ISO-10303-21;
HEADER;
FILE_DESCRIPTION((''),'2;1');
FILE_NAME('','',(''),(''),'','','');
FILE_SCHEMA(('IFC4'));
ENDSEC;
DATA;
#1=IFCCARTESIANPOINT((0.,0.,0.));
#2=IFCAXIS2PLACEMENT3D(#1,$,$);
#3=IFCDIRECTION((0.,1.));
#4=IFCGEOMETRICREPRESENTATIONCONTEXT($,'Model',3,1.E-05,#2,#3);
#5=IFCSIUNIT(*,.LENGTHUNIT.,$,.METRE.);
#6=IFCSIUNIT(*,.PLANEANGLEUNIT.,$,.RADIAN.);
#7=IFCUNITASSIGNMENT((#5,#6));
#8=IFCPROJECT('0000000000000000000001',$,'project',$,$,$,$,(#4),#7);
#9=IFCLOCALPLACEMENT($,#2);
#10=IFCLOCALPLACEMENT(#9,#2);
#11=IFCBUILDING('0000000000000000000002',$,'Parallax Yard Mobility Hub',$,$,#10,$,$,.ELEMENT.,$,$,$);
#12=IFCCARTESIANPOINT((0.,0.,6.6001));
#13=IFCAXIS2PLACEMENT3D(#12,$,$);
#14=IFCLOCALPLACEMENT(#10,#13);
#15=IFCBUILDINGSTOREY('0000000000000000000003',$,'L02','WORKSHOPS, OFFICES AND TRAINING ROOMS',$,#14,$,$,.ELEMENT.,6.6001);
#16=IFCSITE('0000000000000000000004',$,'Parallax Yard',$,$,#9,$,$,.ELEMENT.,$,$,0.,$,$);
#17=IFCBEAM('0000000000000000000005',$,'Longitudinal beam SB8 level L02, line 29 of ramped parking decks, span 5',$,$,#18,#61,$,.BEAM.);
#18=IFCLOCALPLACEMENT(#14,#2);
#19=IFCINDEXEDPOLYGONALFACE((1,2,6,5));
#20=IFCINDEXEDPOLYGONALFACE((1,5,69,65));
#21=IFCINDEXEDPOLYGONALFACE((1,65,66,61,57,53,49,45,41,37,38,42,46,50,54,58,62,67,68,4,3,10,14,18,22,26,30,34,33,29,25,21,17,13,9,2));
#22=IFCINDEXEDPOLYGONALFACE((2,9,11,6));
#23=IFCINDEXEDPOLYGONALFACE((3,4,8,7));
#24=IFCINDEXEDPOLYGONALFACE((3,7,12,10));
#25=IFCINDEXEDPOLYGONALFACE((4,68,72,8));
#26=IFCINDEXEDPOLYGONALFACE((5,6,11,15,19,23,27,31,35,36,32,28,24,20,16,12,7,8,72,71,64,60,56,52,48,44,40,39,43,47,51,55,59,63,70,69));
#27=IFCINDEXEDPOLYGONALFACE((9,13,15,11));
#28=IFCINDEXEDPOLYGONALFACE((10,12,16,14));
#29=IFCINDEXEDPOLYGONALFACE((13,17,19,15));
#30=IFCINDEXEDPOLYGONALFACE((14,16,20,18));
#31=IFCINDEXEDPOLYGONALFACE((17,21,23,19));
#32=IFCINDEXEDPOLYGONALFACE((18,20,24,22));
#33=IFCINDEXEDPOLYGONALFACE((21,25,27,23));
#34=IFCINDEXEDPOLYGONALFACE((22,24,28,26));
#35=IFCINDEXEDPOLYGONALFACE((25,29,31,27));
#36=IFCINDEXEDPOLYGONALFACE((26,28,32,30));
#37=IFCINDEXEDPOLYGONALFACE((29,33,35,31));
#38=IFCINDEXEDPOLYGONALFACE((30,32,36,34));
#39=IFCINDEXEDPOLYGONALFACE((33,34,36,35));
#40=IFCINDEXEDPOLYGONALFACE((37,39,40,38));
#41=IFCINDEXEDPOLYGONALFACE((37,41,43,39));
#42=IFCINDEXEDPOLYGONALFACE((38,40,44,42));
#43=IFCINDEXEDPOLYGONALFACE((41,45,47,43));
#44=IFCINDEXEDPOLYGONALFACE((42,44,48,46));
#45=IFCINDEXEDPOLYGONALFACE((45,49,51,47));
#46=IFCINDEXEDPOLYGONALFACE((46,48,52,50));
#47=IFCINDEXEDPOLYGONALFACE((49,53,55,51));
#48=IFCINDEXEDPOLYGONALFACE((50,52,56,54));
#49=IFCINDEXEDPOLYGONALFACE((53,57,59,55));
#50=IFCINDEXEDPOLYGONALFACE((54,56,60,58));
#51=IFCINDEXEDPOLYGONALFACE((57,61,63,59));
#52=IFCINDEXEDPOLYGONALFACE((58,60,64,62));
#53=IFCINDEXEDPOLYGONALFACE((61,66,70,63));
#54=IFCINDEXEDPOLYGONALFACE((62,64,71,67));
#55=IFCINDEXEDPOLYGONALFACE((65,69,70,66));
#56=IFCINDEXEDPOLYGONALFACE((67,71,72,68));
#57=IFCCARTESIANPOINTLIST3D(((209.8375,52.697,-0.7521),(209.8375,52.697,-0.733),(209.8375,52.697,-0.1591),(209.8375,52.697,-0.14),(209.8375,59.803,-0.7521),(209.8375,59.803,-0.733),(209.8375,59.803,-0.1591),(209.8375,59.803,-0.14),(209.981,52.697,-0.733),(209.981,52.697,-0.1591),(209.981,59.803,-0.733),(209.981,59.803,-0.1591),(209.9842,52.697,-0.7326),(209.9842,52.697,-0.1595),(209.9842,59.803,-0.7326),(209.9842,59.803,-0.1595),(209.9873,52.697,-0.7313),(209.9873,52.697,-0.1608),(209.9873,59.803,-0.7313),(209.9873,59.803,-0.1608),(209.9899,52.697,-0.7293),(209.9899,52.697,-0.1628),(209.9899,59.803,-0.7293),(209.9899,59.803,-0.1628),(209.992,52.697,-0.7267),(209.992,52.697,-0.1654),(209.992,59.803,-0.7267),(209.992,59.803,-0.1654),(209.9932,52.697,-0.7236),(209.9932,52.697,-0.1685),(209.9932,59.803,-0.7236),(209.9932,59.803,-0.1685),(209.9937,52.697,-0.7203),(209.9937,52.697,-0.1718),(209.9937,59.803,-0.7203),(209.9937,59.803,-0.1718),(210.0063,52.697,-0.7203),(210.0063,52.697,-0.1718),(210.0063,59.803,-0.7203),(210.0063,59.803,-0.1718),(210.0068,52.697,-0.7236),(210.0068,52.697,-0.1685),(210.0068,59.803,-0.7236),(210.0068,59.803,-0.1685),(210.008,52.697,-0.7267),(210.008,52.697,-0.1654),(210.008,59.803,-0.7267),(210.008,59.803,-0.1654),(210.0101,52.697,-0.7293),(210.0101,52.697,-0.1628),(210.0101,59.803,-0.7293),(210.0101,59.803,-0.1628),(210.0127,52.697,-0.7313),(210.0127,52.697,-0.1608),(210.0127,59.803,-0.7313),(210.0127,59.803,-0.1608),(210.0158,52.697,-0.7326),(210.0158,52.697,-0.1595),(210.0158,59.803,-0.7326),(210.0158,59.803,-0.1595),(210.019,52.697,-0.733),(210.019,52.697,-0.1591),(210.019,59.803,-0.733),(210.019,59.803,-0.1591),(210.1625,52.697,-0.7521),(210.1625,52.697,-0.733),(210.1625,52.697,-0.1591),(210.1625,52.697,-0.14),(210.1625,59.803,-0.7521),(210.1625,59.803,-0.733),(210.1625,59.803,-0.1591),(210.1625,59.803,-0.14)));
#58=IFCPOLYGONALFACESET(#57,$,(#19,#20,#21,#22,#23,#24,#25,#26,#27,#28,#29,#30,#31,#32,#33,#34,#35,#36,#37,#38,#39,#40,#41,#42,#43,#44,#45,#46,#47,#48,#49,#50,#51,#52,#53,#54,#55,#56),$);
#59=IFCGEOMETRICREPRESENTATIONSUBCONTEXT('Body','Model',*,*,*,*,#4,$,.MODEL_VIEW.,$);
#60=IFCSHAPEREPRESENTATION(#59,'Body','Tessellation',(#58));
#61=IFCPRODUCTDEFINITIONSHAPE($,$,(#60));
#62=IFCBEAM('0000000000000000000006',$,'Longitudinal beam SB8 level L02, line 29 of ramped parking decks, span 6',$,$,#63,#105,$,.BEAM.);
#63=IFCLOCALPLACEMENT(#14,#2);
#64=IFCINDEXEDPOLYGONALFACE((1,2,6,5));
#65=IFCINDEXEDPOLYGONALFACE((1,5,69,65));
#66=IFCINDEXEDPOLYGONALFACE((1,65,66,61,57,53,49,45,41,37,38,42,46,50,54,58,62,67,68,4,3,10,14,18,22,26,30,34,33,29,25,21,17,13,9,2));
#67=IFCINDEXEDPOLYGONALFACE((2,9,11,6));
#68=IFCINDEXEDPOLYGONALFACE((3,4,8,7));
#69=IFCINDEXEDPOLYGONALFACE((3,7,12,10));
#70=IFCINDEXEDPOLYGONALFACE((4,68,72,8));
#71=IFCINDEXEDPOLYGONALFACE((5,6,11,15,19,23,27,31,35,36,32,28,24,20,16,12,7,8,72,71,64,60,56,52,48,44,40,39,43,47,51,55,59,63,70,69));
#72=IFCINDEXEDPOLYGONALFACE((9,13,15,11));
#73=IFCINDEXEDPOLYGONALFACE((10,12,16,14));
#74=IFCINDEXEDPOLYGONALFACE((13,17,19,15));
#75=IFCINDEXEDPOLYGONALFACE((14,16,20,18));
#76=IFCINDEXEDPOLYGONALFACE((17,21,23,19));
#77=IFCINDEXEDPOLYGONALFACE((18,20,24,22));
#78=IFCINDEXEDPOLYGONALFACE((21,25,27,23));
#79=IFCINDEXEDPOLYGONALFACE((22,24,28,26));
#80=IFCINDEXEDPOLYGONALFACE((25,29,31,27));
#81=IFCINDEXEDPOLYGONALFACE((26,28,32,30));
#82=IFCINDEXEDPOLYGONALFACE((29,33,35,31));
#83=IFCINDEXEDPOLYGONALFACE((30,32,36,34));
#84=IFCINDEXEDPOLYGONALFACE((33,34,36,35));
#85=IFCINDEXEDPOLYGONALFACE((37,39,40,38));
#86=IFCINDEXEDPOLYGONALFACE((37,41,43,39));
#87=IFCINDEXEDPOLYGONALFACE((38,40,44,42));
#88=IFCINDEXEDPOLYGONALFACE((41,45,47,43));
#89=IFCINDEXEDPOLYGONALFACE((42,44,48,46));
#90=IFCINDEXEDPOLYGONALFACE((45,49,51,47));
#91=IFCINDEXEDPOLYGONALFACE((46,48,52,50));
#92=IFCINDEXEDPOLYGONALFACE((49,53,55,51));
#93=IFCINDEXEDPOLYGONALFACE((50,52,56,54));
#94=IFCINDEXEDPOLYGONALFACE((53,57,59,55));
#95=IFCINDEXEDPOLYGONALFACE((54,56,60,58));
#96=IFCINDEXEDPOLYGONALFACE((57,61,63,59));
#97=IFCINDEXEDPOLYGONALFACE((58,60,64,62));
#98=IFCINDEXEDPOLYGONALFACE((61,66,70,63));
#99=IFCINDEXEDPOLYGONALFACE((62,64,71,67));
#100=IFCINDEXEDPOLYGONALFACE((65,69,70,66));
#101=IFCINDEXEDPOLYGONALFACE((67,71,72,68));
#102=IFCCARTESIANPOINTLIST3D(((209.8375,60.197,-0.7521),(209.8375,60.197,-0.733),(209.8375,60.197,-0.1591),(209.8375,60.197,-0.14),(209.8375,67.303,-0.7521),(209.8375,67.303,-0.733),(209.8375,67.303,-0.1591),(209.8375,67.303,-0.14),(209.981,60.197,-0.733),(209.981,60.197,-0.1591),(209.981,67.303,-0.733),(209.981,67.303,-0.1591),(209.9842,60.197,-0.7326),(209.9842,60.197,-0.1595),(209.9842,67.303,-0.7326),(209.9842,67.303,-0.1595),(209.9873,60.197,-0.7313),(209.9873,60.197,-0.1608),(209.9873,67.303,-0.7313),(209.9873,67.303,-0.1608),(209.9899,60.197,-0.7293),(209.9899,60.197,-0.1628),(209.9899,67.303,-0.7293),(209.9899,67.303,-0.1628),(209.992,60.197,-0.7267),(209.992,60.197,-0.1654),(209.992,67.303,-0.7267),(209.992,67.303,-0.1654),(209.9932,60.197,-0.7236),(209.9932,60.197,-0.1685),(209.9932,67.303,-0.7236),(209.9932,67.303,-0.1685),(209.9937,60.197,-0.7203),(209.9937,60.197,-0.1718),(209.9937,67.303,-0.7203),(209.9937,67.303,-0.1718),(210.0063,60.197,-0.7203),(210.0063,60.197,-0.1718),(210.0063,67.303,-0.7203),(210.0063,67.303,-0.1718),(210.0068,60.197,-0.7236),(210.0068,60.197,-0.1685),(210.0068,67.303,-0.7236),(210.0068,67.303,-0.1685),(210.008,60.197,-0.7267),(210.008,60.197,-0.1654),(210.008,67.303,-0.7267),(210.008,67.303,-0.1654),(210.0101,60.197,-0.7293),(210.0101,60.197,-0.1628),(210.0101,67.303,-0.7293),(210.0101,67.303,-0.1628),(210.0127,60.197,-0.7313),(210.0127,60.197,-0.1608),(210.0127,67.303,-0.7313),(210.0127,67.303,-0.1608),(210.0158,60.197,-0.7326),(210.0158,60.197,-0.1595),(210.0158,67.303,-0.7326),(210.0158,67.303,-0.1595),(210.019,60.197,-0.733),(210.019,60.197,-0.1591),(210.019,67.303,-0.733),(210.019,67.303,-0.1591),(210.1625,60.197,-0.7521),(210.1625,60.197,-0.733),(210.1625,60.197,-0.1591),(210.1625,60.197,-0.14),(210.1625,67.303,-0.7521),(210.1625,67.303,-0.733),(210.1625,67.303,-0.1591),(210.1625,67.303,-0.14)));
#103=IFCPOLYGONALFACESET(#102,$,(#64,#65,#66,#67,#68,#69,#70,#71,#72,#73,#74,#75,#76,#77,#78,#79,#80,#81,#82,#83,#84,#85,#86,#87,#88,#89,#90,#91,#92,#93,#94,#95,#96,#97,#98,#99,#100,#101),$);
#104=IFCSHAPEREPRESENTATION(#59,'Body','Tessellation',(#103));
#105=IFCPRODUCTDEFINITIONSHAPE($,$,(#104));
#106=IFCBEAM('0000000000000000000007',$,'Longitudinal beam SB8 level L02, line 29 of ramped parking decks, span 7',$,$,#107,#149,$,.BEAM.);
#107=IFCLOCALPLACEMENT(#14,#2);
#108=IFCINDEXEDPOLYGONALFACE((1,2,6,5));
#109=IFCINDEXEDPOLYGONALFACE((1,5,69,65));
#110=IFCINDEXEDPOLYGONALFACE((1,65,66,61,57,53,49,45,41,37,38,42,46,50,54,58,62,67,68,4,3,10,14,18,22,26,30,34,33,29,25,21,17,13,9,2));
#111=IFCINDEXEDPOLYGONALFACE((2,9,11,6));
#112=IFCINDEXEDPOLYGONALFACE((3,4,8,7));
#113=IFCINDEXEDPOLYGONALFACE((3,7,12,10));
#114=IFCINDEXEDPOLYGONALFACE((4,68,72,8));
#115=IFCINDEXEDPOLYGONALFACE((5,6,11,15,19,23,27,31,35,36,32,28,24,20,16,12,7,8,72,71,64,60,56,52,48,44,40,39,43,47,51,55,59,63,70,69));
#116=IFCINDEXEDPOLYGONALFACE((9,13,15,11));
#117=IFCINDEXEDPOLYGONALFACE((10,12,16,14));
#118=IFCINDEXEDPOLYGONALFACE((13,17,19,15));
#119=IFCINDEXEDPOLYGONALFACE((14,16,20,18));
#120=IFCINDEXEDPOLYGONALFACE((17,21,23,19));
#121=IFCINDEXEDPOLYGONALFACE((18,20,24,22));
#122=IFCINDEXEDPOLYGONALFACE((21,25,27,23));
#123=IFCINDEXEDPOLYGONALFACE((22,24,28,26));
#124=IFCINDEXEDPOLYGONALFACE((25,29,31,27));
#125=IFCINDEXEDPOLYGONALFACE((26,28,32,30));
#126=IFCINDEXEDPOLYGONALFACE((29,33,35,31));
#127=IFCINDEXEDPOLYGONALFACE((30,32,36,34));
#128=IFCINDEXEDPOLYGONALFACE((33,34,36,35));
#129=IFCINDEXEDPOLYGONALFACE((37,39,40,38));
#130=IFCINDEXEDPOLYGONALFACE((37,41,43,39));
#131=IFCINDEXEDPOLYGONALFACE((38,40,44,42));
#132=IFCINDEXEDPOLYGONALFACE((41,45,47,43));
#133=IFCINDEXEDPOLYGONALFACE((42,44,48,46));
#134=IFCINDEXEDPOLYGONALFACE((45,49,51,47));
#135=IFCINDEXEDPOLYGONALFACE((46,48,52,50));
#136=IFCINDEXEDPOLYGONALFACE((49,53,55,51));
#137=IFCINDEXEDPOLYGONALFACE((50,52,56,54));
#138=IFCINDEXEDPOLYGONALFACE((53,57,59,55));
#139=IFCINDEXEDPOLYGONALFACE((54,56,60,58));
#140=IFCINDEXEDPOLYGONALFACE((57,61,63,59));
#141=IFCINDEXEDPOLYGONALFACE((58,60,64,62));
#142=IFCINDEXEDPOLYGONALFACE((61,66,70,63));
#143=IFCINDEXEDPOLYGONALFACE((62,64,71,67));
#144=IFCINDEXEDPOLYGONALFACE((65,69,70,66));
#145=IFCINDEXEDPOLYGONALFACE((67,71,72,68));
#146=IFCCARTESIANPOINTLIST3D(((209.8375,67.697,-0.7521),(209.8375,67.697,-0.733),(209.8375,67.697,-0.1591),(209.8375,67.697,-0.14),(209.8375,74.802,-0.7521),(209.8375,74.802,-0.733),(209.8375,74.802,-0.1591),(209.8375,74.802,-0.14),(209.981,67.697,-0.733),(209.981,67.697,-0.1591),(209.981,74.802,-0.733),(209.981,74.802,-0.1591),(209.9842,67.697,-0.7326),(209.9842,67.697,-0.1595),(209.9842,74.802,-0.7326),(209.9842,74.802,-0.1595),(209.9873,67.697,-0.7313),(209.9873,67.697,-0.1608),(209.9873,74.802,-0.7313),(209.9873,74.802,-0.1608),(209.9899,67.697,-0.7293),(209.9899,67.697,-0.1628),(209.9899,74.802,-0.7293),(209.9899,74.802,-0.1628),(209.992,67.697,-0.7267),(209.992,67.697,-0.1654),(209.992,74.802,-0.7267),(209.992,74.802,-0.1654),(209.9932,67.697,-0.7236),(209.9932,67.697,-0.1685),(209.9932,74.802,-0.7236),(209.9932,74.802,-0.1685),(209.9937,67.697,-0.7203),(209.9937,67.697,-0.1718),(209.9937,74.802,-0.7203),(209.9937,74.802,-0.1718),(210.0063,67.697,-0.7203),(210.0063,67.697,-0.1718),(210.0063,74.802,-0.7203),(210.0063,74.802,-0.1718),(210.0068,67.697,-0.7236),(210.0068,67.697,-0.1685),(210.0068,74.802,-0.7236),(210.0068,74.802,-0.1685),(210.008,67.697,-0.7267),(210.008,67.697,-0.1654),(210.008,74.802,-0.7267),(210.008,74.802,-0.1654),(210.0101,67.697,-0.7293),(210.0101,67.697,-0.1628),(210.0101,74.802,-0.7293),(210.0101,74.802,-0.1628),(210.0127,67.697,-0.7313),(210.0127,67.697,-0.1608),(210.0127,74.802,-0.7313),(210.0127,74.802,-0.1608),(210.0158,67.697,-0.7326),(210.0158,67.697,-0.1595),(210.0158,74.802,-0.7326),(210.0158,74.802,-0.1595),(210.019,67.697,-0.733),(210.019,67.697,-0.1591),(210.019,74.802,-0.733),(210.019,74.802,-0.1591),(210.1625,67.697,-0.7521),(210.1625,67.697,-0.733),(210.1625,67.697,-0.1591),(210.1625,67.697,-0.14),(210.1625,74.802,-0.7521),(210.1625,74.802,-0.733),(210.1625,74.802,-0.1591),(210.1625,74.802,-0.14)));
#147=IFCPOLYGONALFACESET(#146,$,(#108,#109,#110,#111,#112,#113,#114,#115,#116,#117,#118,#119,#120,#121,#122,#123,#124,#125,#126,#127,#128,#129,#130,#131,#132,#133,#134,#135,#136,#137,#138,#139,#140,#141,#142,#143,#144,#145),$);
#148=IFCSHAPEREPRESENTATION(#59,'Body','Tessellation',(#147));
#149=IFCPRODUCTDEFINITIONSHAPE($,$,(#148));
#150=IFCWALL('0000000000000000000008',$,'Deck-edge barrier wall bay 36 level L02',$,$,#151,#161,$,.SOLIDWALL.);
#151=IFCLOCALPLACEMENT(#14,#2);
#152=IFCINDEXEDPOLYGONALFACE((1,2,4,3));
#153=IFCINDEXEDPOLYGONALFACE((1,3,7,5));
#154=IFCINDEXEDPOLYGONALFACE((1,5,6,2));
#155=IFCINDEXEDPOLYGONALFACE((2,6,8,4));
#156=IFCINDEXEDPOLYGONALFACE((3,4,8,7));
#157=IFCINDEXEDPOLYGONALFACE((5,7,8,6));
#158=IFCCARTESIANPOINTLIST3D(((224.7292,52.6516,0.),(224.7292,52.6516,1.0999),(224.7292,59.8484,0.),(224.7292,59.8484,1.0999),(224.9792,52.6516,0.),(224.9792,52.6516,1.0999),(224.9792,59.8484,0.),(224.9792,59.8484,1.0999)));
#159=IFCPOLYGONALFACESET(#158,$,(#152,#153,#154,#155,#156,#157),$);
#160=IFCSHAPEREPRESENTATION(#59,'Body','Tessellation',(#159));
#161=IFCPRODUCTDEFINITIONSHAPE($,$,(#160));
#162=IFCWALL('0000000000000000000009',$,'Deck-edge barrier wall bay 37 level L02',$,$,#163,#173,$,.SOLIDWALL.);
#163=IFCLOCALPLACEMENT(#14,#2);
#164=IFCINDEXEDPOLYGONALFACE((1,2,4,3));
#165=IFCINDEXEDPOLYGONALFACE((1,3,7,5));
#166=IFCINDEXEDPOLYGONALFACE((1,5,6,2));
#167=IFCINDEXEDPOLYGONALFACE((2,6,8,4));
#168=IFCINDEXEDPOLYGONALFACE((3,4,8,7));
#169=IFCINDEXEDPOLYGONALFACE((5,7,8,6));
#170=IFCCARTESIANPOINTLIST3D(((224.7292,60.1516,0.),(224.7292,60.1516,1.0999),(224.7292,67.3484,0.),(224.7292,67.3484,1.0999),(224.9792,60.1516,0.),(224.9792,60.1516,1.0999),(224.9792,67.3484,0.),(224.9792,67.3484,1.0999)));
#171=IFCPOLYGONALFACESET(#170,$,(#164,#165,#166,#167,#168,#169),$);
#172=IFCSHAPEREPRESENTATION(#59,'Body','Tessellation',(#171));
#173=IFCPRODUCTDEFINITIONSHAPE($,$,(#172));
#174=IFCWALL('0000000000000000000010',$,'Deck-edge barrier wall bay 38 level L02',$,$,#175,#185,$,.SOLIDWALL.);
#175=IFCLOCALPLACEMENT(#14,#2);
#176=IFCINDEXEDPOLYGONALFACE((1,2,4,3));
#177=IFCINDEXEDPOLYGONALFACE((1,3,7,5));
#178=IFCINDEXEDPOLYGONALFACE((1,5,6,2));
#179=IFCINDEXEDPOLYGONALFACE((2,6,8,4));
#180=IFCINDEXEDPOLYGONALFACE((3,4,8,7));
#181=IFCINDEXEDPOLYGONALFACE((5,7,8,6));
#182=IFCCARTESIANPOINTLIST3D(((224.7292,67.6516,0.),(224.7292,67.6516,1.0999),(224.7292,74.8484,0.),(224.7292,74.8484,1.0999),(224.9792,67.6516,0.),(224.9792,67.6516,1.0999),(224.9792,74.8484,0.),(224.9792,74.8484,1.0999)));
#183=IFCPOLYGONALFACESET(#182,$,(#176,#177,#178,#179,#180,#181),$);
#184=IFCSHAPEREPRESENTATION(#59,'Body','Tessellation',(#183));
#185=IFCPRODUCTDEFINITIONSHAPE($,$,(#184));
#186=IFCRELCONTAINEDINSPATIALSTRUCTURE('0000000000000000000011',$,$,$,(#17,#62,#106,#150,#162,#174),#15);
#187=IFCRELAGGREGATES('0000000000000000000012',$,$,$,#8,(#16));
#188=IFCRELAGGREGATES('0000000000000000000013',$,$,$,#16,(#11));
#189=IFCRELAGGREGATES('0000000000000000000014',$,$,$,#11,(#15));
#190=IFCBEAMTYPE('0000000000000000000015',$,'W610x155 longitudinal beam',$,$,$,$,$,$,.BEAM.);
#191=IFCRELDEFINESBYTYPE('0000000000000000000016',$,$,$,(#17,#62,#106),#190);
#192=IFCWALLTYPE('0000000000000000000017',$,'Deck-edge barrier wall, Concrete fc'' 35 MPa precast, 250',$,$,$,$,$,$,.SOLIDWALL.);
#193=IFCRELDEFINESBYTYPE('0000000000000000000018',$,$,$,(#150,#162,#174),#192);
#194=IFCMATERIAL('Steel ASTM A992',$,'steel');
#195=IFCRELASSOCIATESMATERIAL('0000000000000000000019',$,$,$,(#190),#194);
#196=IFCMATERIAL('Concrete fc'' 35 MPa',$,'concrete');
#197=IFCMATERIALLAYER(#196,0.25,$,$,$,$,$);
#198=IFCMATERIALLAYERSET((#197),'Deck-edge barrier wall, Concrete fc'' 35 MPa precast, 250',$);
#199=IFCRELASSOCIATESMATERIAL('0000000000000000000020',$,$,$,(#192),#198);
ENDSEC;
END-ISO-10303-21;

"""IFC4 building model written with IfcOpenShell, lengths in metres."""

from ifc_helpers import new_model, si_unit, direction, frame, frame_2d, origin, origin_2d, place, context, subcontext, project, spatial, rectangle, i_section, extrude, material, layer, layer_set, material_profile, profile_set, type_object, element, save


model = new_model("IFC4")

# Units and contexts
model_context = context("Model", 3, precision=1e-05, world=origin(), true_north=direction((0.0, 1.0)))
body_context = subcontext(model_context, "Body", "Model", "MODEL_VIEW")
ifc_project = project(units=[si_unit("LENGTHUNIT", "METRE"), si_unit("PLANEANGLEUNIT", "RADIAN")], contexts=[model_context])

# Site, building, storey
site_placement = place(None, origin())
site = spatial("IfcSite", under=ifc_project, at=site_placement, Name="Parallax Yard", CompositionType="ELEMENT", RefElevation=0.0)
building_placement = place(site_placement, origin())
building = spatial("IfcBuilding", under=site, at=building_placement, Name="Parallax Yard Mobility Hub", CompositionType="ELEMENT")
storey_placement = place(building_placement, frame((0.0, 0.0, 6.6001)))
storey = spatial("IfcBuildingStorey", under=building, at=storey_placement, Name="L02", Description="WORKSHOPS, OFFICES AND TRAINING ROOMS", CompositionType="ELEMENT", Elevation=6.6001)

# Shared definitions
ifc_material_1 = material(Name="Steel ASTM A992", Category="steel")

# Beams
ifc_material_profile_1 = material_profile(ifc_material_1, i_section(OverallWidth=0.325, OverallDepth=0.6121, WebThickness=0.0127, FlangeThickness=0.019, FilletRadius=0.0127, at=origin_2d()), Name="W610x155")
ifc_profile_set_1 = profile_set([ifc_material_profile_1], Name="Steel ASTM A992")
beam_type_1 = type_object("IfcBeamType", Name="W610x155 longitudinal beam", PredefinedType="BEAM", material=ifc_profile_set_1)
for number, where, z_axis, x_axis, name in (
    (1, (210.0, 52.697, -0.446), (0.0, 1.0, 0.0), (-1.0, 0.0, 0.0), "Longitudinal beam SB8 level L02, line 29 of ramped parking decks, span 5"),
    (2, (210.0, 60.197, -0.446), (0.0, 1.0, 0.0), (-1.0, 0.0, 0.0), "Longitudinal beam SB8 level L02, line 29 of ramped parking decks, span 6"),
):
    element("IfcBeam", number, at=place(storey_placement, frame(where, z_axis=z_axis, x_axis=x_axis)), inside=storey, type_object=beam_type_1, Name=name, PredefinedType="BEAM", context=body_context, shape_type="SweptSolid", body=[
        extrude(i_section(OverallWidth=0.325, OverallDepth=0.6121, WebThickness=0.0127, FlangeThickness=0.019, FilletRadius=0.0127, at=origin_2d()), origin(), (0.0, 0.0, 1.0), 7.106),
    ])
beam_placement = place(storey_placement, frame((210.0, 67.697, -0.446), z_axis=(0.0, 1.0, 0.0), x_axis=(-1.0, 0.0, 0.0)))
element("IfcBeam", 3, at=beam_placement, inside=storey, type_object=beam_type_1, Name="Longitudinal beam SB8 level L02, line 29 of ramped parking decks, span 7", PredefinedType="BEAM", context=body_context, shape_type="SweptSolid", body=[
    extrude(i_section(OverallWidth=0.325, OverallDepth=0.6121, WebThickness=0.0127, FlangeThickness=0.019, FilletRadius=0.0127, at=origin_2d()), origin(), (0.0, 0.0, 1.0), 7.105),
])

# Walls
ifc_material_2 = material(Name="Concrete fc' 35 MPa", Category="concrete")
ifc_layer_1 = layer(ifc_material_2, 0.25)
ifc_layer_set_1 = layer_set([ifc_layer_1], Name="Deck-edge barrier wall, Concrete fc' 35 MPa precast, 250")
wall_type_1 = type_object("IfcWallType", Name="Deck-edge barrier wall, Concrete fc' 35 MPa precast, 250", PredefinedType="SOLIDWALL", material=ifc_layer_set_1)
for number, where, z_axis, x_axis, name in (
    (4, (224.8542, 52.6516, 0.0), (0.0, 0.0, 1.0), (0.0, 1.0, 0.0), "Deck-edge barrier wall bay 36 level L02"),
    (5, (224.8542, 60.1516, 0.0), (0.0, 0.0, 1.0), (0.0, 1.0, 0.0), "Deck-edge barrier wall bay 37 level L02"),
    (6, (224.8542, 67.6516, 0.0), (0.0, 0.0, 1.0), (0.0, 1.0, 0.0), "Deck-edge barrier wall bay 38 level L02"),
):
    element("IfcWall", number, at=place(storey_placement, frame(where, z_axis=z_axis, x_axis=x_axis)), inside=storey, type_object=wall_type_1, Name=name, PredefinedType="SOLIDWALL", context=body_context, shape_type="SweptSolid", body=[
        extrude(rectangle(XDim=7.1968, YDim=0.25, at=frame_2d((3.5984, 0.0))), origin(), (0.0, 0.0, 1.0), 1.0999),
    ])

save(model, "model.ifc")
